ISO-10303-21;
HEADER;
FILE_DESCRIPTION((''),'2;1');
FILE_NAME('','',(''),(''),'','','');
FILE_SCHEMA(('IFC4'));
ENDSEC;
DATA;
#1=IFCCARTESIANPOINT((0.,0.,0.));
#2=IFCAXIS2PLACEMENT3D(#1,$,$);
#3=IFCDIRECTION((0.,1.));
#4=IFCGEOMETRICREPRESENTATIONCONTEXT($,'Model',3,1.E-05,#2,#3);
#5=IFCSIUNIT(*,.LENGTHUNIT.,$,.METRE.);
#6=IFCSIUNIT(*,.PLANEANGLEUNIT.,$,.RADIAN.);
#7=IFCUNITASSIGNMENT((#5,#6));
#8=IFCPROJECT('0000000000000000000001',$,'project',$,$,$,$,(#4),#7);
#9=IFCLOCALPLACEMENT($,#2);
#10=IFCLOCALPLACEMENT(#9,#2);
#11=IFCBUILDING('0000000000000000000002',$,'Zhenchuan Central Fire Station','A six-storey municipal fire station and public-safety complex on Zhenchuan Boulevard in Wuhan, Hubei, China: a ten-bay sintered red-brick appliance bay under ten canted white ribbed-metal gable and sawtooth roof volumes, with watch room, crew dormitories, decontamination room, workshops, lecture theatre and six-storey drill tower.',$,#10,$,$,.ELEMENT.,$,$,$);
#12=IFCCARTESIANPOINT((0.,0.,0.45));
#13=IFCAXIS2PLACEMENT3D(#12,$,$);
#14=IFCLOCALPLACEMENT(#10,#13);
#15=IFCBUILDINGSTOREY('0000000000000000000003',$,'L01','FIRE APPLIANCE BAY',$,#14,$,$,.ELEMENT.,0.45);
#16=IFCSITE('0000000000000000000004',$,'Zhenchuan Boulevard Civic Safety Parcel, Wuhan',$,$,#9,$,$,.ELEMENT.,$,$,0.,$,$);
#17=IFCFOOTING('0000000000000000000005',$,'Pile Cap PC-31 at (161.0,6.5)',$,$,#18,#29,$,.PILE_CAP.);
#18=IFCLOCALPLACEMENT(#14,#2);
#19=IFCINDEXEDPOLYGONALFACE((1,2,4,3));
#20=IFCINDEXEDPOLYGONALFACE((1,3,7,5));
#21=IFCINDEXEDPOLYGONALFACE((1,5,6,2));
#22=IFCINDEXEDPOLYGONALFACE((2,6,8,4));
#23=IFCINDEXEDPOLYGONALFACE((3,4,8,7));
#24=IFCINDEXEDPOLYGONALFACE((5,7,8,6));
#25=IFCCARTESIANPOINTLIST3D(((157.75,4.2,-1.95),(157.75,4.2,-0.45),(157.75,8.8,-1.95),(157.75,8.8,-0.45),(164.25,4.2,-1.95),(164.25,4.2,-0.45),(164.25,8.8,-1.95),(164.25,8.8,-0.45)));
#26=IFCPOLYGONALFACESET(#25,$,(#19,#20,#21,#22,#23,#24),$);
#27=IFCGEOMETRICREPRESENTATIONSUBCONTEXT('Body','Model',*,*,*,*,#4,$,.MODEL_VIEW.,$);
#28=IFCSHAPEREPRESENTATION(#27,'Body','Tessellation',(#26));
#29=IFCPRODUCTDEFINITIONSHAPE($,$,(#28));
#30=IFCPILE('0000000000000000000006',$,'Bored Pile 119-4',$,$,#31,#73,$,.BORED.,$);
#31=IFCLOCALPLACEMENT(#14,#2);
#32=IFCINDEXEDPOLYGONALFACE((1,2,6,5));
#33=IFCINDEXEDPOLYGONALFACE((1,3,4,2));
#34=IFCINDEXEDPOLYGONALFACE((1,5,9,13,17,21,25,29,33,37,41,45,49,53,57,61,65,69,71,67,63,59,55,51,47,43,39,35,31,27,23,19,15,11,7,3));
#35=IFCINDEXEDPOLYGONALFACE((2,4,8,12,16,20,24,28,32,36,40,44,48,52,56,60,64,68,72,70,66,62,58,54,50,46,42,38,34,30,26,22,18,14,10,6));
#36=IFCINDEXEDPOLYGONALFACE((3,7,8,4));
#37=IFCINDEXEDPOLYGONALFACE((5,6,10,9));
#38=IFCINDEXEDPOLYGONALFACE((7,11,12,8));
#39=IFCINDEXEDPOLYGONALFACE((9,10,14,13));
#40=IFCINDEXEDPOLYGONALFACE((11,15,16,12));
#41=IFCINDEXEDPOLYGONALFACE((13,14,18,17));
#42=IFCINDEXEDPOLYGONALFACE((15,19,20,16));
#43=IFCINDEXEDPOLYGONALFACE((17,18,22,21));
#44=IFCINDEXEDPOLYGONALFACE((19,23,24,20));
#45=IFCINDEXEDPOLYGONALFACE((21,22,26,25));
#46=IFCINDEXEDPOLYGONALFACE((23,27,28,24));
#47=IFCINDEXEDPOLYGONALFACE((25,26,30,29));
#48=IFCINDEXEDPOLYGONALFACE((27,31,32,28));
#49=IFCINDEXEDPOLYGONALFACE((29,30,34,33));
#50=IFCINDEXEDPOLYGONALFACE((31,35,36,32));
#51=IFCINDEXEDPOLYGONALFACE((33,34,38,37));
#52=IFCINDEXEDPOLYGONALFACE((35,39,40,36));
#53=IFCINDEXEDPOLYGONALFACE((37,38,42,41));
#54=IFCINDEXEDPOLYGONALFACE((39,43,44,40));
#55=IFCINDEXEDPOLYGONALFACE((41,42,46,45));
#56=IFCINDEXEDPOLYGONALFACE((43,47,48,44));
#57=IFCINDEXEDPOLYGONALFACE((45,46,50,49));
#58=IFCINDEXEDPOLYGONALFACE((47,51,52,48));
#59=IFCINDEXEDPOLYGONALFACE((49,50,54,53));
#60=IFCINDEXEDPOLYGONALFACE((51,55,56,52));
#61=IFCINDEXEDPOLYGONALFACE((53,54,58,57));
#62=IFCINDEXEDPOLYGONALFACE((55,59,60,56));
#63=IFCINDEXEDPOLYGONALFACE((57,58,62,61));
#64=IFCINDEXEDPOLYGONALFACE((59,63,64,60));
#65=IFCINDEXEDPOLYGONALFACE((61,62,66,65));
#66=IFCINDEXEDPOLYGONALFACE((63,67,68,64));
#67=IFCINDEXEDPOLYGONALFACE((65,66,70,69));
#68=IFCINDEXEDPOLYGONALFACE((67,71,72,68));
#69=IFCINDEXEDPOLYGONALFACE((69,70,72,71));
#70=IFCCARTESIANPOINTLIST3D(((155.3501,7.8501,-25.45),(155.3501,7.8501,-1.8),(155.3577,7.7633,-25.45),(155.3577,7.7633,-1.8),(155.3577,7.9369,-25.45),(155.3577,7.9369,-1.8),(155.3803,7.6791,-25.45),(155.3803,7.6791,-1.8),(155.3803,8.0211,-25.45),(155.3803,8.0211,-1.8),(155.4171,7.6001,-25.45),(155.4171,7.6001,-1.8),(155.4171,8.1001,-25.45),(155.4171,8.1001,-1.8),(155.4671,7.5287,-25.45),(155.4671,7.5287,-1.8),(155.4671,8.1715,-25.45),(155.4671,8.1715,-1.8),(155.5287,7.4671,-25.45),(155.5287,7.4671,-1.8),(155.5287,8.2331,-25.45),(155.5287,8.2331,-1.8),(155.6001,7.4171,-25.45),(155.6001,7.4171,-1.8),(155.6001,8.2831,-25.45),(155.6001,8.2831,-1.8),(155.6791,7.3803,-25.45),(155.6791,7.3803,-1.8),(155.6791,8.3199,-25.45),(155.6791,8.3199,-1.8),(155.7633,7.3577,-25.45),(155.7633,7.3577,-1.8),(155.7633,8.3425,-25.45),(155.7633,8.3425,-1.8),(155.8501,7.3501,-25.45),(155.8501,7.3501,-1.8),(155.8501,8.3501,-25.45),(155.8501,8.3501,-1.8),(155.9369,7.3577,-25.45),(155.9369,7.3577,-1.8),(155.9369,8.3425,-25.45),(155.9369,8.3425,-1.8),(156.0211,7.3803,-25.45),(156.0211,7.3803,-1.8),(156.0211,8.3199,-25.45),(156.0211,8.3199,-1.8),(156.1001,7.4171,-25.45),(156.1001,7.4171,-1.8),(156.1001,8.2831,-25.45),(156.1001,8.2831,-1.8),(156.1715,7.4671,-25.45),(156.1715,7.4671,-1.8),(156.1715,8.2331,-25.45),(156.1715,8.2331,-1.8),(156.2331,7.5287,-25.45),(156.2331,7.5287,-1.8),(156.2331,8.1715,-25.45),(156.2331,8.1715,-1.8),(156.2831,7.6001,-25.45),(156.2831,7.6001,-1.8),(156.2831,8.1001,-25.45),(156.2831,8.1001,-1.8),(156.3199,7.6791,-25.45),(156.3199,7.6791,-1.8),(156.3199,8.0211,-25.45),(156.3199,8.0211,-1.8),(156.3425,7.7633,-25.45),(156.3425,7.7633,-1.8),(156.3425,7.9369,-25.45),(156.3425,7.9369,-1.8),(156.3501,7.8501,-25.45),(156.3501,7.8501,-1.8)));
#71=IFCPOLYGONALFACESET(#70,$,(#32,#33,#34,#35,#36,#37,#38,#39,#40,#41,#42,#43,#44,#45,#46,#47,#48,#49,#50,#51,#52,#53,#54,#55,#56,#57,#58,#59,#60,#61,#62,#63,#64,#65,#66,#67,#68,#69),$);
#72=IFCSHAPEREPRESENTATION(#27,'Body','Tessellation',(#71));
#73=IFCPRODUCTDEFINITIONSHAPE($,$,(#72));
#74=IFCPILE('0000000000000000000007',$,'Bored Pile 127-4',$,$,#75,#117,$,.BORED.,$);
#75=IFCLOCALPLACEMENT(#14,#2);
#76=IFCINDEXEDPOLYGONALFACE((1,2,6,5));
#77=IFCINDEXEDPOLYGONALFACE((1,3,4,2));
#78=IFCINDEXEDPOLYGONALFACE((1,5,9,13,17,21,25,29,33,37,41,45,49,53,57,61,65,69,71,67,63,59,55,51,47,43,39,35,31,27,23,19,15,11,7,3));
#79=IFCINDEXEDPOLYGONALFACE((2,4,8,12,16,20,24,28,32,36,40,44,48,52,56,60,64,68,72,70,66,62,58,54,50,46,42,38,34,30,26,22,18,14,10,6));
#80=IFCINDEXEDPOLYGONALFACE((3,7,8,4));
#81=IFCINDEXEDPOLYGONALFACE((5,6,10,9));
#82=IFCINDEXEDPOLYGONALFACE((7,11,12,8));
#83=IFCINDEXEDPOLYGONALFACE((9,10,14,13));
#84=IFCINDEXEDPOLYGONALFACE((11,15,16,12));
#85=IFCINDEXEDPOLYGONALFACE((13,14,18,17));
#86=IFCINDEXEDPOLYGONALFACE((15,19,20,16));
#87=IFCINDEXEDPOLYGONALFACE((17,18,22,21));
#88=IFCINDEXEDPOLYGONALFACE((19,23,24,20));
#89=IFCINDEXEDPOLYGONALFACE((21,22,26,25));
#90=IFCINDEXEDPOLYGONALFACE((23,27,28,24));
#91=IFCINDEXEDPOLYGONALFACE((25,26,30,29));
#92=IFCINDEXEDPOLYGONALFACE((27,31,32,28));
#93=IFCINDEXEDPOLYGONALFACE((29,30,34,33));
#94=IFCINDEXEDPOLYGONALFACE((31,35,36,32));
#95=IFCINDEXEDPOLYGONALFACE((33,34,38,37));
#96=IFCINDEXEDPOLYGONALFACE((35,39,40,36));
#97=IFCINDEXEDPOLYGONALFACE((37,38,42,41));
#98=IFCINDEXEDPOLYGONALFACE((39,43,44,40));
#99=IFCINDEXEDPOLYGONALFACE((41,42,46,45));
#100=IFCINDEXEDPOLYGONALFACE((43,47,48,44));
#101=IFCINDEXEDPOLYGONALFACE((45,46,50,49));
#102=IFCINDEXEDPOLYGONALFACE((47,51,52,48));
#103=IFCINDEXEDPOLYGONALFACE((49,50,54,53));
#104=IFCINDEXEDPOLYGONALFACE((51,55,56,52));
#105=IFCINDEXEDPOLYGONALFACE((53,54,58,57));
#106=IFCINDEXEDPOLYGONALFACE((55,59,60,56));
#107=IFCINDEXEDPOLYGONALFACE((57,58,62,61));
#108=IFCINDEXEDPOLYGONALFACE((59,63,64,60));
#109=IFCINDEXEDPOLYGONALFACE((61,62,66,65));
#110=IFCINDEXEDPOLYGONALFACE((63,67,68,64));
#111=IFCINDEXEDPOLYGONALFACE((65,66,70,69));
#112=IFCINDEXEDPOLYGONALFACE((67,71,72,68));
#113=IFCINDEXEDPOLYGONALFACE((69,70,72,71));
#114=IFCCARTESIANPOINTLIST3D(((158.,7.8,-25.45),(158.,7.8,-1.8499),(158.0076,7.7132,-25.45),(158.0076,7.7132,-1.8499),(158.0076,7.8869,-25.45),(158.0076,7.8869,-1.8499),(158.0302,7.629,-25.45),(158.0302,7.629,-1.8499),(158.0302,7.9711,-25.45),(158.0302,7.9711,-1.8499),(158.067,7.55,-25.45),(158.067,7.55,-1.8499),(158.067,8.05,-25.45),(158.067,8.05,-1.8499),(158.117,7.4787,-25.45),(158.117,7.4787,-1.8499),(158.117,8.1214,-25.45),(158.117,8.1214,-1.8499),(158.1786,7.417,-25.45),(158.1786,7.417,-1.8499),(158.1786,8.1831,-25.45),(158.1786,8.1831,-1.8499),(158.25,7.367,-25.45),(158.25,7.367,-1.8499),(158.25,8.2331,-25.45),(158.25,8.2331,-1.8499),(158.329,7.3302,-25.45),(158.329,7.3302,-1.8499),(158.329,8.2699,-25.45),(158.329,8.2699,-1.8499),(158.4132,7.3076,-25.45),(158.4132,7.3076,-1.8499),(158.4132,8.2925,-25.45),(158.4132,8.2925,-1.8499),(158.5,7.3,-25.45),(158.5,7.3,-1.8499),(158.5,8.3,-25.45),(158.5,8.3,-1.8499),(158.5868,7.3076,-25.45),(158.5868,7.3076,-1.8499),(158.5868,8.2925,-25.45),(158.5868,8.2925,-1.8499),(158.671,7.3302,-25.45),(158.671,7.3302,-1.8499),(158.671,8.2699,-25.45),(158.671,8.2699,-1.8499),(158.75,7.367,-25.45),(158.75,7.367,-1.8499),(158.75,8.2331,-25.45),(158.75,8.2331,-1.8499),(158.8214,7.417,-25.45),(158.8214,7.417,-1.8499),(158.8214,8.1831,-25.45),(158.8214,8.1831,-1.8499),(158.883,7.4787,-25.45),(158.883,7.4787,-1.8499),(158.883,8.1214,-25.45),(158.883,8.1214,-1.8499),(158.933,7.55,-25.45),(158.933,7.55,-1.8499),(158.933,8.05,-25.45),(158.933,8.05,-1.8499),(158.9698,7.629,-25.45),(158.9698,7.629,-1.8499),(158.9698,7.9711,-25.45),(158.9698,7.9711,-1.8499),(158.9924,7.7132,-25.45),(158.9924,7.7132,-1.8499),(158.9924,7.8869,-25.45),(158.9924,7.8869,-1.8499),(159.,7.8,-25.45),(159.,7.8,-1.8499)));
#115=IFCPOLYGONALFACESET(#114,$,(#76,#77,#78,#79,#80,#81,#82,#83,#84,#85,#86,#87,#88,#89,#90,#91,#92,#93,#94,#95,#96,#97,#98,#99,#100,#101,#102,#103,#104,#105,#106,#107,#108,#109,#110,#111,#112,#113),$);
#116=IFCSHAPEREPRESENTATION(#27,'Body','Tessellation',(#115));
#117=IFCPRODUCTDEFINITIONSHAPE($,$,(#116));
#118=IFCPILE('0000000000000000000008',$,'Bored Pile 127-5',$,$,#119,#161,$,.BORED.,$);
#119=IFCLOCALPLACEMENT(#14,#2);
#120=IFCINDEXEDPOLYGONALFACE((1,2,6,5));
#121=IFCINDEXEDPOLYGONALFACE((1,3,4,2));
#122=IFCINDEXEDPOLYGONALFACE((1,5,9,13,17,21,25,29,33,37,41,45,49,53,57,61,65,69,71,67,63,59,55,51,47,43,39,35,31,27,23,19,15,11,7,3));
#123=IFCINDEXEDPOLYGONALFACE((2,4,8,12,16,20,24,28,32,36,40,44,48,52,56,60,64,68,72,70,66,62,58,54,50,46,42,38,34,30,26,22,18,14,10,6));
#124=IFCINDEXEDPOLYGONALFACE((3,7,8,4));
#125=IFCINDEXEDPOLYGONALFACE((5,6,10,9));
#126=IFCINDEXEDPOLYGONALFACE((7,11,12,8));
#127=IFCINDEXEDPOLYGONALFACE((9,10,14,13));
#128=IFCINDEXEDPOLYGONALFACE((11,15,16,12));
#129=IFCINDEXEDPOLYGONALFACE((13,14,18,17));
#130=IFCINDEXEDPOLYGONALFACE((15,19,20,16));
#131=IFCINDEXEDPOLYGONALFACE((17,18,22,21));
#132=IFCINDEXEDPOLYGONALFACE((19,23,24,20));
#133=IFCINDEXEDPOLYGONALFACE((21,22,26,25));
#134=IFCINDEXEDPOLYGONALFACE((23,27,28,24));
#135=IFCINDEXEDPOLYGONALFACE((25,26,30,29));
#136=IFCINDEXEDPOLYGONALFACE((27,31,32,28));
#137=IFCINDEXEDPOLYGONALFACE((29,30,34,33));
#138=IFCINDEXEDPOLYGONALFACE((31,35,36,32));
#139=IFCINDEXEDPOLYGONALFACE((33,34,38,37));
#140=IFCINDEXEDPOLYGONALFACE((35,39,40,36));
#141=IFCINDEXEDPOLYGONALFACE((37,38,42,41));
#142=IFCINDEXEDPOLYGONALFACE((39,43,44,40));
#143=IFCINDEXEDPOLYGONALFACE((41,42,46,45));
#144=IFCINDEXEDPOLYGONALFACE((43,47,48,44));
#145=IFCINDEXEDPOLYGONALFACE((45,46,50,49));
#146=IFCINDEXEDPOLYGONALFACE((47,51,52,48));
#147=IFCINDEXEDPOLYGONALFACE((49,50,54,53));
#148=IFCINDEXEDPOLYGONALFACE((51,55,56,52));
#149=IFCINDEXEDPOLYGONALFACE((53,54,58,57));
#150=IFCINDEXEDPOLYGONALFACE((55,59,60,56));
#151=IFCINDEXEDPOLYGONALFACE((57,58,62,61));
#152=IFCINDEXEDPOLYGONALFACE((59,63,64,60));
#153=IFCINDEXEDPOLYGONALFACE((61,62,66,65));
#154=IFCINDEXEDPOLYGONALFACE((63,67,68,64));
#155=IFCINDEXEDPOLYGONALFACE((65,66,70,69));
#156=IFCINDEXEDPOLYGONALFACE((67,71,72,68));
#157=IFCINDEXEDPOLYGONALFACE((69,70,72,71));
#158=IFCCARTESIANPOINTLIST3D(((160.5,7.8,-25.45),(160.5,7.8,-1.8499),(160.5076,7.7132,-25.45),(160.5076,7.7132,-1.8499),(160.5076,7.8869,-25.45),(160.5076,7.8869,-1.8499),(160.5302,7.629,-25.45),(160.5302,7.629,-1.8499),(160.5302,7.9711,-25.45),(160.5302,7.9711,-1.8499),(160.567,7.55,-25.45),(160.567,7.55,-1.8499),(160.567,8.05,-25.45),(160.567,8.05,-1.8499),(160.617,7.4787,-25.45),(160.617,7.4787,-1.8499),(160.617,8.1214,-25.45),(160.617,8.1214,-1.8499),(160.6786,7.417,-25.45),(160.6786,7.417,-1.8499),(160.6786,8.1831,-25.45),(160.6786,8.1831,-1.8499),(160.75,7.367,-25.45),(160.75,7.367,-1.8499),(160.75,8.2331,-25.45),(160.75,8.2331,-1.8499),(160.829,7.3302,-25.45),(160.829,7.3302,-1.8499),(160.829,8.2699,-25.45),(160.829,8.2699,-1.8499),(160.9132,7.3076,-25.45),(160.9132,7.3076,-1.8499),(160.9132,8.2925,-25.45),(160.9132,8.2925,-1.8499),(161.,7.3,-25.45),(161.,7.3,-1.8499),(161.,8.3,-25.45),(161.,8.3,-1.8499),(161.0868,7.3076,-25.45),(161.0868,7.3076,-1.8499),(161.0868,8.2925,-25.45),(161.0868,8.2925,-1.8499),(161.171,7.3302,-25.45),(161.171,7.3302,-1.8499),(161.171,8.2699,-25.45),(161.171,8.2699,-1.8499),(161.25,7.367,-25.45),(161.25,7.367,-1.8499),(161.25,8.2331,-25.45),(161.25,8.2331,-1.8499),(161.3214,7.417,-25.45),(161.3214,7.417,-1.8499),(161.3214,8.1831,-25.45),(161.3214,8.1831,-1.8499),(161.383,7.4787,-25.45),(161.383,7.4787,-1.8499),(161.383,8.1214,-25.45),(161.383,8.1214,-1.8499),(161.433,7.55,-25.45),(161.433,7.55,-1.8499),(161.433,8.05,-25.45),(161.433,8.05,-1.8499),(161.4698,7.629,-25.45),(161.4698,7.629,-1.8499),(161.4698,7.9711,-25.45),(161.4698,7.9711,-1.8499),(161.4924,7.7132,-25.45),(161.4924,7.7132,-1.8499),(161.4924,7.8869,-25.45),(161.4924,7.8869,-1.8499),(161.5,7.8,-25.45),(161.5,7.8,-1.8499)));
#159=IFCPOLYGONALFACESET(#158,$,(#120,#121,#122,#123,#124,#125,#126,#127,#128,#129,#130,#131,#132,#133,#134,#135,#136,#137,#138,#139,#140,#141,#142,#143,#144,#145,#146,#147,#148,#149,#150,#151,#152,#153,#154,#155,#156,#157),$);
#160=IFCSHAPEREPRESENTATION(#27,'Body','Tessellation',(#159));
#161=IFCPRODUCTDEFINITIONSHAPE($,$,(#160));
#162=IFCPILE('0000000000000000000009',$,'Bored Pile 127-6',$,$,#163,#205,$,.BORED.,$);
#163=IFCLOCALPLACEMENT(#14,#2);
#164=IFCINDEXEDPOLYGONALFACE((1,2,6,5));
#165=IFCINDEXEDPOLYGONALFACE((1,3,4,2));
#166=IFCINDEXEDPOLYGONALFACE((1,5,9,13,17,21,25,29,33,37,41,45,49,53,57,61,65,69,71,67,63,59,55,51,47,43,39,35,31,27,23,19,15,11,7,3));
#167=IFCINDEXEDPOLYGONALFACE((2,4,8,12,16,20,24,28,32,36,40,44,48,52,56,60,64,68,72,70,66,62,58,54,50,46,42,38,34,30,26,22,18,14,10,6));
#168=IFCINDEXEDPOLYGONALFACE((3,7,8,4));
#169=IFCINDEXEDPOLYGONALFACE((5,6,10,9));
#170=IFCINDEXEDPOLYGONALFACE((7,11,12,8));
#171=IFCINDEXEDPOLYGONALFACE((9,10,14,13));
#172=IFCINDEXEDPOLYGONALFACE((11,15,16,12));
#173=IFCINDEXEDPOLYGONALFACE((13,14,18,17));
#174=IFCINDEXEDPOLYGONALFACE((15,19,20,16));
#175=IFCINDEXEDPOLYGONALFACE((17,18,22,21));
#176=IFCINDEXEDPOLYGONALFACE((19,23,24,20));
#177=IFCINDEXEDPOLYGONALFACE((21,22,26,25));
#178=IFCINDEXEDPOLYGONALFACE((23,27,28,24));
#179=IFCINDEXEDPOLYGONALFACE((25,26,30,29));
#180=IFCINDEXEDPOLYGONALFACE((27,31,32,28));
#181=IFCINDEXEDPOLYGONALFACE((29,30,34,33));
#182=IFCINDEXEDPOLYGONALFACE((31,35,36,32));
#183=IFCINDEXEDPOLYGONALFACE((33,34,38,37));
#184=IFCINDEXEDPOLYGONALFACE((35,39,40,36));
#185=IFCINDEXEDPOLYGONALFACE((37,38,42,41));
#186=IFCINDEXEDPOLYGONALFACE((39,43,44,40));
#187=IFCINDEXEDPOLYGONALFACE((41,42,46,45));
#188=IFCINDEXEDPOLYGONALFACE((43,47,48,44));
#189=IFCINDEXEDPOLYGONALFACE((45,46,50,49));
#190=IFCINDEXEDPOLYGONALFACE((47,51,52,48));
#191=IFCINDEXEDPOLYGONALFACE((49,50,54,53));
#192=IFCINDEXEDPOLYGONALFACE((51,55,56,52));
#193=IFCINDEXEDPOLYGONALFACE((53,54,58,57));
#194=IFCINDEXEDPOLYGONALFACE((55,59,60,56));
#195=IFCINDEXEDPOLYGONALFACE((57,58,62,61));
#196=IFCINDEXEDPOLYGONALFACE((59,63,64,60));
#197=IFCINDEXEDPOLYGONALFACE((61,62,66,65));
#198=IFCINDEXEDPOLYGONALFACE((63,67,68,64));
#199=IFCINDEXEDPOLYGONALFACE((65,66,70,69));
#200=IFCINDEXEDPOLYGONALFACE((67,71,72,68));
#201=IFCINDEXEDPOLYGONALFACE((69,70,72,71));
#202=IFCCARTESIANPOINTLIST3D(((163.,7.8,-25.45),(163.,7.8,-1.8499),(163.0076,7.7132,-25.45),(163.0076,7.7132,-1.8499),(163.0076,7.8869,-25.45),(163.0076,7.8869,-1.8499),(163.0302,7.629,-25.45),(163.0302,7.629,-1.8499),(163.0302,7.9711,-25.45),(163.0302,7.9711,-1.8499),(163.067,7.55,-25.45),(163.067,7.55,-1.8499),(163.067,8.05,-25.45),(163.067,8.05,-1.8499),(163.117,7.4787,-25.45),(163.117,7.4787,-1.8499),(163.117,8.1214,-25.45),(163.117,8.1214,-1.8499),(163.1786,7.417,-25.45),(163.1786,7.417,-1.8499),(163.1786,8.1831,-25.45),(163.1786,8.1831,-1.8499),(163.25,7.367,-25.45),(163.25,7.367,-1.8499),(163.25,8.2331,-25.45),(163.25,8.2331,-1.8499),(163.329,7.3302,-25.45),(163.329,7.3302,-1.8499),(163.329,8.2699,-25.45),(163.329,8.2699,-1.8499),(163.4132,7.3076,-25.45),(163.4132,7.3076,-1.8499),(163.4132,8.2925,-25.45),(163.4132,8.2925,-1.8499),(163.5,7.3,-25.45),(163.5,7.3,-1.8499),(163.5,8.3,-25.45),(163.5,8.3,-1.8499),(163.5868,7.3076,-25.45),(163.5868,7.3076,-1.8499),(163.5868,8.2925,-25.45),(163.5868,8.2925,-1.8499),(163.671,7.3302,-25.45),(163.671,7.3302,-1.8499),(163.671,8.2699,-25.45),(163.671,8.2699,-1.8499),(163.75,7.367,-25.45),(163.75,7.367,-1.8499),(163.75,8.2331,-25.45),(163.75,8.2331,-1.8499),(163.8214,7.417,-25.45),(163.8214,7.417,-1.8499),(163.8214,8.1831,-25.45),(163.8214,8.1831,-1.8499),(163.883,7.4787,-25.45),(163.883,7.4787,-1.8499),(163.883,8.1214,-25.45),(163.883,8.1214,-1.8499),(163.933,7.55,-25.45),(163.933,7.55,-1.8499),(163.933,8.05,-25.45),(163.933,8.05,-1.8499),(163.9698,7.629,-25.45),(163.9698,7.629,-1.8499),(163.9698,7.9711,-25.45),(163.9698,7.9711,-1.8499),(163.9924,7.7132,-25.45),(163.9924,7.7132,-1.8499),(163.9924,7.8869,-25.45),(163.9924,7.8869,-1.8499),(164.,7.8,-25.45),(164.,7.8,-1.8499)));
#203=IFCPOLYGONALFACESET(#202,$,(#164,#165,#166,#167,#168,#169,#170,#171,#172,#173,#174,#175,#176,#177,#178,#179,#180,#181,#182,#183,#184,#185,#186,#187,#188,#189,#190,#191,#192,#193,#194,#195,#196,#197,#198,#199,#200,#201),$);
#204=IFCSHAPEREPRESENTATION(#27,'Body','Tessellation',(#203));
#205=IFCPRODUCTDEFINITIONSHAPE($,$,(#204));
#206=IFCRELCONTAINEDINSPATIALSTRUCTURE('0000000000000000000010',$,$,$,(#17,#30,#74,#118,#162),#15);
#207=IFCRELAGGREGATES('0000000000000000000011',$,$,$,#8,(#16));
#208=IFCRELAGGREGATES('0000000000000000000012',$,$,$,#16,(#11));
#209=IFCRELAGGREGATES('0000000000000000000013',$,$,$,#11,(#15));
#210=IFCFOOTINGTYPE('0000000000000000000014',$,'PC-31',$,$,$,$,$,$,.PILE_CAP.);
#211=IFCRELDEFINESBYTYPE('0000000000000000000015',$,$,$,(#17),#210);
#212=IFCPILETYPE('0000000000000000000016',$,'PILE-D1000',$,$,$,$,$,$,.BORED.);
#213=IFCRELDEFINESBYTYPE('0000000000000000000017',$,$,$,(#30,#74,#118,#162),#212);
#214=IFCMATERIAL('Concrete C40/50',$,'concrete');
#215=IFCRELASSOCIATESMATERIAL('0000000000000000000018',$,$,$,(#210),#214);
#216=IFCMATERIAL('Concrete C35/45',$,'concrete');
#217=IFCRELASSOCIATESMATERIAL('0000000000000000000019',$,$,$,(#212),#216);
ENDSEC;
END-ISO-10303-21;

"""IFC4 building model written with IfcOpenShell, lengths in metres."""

from ifc_helpers import new_model, si_unit, direction, frame, origin, origin_2d, place, context, subcontext, project, spatial, rectangle, circle, extrude, material, material_profile, profile_set, type_object, element, save


model = new_model("IFC4")

# Units and contexts
model_context = context("Model", 3, precision=1e-05, world=origin(), true_north=direction((0.0, 1.0)))
body_context = subcontext(model_context, "Body", "Model", "MODEL_VIEW")
ifc_project = project(units=[si_unit("LENGTHUNIT", "METRE"), si_unit("PLANEANGLEUNIT", "RADIAN")], contexts=[model_context])

# Site, building, storey
site_placement = place(None, origin())
site = spatial("IfcSite", under=ifc_project, at=site_placement, Name="Zhenchuan Boulevard Civic Safety Parcel, Wuhan", CompositionType="ELEMENT", RefElevation=0.0)
building_placement = place(site_placement, origin())
building = spatial("IfcBuilding", under=site, at=building_placement, Name="Zhenchuan Central Fire Station", Description="A six-storey municipal fire station and public-safety complex on Zhenchuan Boulevard in Wuhan, Hubei, China: a ten-bay sintered red-brick appliance bay under ten canted white ribbed-metal gable and sawtooth roof volumes, with watch room, crew dormitories, decontamination room, workshops, lecture theatre and six-storey drill tower.", CompositionType="ELEMENT")
storey_placement = place(building_placement, frame((0.0, 0.0, 0.45)))
storey = spatial("IfcBuildingStorey", under=building, at=storey_placement, Name="L01", Description="FIRE APPLIANCE BAY", CompositionType="ELEMENT", Elevation=0.45)

# Footing
ifc_material_1 = material(Name="Concrete C40/50", Category="concrete")
footing_type = type_object("IfcFootingType", Name="PC-31", PredefinedType="PILE_CAP", material=ifc_material_1)
footing_placement = place(storey_placement, frame((161.0, 6.5, -1.95), z_axis=(0.0, 0.0, 1.0), x_axis=(1.0, 0.0, 0.0)))
element("IfcFooting", 1, at=footing_placement, inside=storey, type_object=footing_type, Name="Pile Cap PC-31 at (161.0,6.5)", PredefinedType="PILE_CAP", context=body_context, shape_type="SweptSolid", body=[
    extrude(rectangle(XDim=6.5, YDim=4.6001, at=origin_2d()), origin(), (0.0, 0.0, 1.0), 1.5),
])

# Piles
ifc_material_2 = material(Name="Concrete C35/45", Category="concrete")
ifc_material_profile_1 = material_profile(ifc_material_2, circle(Radius=0.5, at=origin_2d()), Name="PILE D1000")
ifc_profile_set_1 = profile_set([ifc_material_profile_1], Name="Concrete C35/45")
pile_type_1 = type_object("IfcPileType", Name="PILE-D1000", PredefinedType="BORED", material=ifc_profile_set_1)
pile_placement = place(storey_placement, frame((155.8501, 7.8501, -1.8), z_axis=(0.0, 0.0, -1.0), x_axis=(1.0, 0.0, 0.0)))
element("IfcPile", 2, at=pile_placement, inside=storey, type_object=pile_type_1, Name="Bored Pile 119-4", PredefinedType="BORED", context=body_context, shape_type="SweptSolid", body=[
    extrude(circle(Radius=0.5, at=origin_2d()), origin(), (0.0, 0.0, 1.0), 23.6499),
])
for number, where, z_axis, x_axis, name in (
    (3, (158.5, 7.8, -1.8499), (0.0, 0.0, -1.0), (1.0, 0.0, 0.0), "Bored Pile 127-4"),
    (4, (161.0, 7.8, -1.8499), (0.0, 0.0, -1.0), (1.0, 0.0, 0.0), "Bored Pile 127-5"),
    (5, (163.5, 7.8, -1.8499), (0.0, 0.0, -1.0), (1.0, 0.0, 0.0), "Bored Pile 127-6"),
):
    element("IfcPile", number, at=place(storey_placement, frame(where, z_axis=z_axis, x_axis=x_axis)), inside=storey, type_object=pile_type_1, Name=name, PredefinedType="BORED", context=body_context, shape_type="SweptSolid", body=[
        extrude(circle(Radius=0.5, at=origin_2d()), origin(), (0.0, 0.0, 1.0), 23.6001),
    ])

save(model, "model.ifc")
